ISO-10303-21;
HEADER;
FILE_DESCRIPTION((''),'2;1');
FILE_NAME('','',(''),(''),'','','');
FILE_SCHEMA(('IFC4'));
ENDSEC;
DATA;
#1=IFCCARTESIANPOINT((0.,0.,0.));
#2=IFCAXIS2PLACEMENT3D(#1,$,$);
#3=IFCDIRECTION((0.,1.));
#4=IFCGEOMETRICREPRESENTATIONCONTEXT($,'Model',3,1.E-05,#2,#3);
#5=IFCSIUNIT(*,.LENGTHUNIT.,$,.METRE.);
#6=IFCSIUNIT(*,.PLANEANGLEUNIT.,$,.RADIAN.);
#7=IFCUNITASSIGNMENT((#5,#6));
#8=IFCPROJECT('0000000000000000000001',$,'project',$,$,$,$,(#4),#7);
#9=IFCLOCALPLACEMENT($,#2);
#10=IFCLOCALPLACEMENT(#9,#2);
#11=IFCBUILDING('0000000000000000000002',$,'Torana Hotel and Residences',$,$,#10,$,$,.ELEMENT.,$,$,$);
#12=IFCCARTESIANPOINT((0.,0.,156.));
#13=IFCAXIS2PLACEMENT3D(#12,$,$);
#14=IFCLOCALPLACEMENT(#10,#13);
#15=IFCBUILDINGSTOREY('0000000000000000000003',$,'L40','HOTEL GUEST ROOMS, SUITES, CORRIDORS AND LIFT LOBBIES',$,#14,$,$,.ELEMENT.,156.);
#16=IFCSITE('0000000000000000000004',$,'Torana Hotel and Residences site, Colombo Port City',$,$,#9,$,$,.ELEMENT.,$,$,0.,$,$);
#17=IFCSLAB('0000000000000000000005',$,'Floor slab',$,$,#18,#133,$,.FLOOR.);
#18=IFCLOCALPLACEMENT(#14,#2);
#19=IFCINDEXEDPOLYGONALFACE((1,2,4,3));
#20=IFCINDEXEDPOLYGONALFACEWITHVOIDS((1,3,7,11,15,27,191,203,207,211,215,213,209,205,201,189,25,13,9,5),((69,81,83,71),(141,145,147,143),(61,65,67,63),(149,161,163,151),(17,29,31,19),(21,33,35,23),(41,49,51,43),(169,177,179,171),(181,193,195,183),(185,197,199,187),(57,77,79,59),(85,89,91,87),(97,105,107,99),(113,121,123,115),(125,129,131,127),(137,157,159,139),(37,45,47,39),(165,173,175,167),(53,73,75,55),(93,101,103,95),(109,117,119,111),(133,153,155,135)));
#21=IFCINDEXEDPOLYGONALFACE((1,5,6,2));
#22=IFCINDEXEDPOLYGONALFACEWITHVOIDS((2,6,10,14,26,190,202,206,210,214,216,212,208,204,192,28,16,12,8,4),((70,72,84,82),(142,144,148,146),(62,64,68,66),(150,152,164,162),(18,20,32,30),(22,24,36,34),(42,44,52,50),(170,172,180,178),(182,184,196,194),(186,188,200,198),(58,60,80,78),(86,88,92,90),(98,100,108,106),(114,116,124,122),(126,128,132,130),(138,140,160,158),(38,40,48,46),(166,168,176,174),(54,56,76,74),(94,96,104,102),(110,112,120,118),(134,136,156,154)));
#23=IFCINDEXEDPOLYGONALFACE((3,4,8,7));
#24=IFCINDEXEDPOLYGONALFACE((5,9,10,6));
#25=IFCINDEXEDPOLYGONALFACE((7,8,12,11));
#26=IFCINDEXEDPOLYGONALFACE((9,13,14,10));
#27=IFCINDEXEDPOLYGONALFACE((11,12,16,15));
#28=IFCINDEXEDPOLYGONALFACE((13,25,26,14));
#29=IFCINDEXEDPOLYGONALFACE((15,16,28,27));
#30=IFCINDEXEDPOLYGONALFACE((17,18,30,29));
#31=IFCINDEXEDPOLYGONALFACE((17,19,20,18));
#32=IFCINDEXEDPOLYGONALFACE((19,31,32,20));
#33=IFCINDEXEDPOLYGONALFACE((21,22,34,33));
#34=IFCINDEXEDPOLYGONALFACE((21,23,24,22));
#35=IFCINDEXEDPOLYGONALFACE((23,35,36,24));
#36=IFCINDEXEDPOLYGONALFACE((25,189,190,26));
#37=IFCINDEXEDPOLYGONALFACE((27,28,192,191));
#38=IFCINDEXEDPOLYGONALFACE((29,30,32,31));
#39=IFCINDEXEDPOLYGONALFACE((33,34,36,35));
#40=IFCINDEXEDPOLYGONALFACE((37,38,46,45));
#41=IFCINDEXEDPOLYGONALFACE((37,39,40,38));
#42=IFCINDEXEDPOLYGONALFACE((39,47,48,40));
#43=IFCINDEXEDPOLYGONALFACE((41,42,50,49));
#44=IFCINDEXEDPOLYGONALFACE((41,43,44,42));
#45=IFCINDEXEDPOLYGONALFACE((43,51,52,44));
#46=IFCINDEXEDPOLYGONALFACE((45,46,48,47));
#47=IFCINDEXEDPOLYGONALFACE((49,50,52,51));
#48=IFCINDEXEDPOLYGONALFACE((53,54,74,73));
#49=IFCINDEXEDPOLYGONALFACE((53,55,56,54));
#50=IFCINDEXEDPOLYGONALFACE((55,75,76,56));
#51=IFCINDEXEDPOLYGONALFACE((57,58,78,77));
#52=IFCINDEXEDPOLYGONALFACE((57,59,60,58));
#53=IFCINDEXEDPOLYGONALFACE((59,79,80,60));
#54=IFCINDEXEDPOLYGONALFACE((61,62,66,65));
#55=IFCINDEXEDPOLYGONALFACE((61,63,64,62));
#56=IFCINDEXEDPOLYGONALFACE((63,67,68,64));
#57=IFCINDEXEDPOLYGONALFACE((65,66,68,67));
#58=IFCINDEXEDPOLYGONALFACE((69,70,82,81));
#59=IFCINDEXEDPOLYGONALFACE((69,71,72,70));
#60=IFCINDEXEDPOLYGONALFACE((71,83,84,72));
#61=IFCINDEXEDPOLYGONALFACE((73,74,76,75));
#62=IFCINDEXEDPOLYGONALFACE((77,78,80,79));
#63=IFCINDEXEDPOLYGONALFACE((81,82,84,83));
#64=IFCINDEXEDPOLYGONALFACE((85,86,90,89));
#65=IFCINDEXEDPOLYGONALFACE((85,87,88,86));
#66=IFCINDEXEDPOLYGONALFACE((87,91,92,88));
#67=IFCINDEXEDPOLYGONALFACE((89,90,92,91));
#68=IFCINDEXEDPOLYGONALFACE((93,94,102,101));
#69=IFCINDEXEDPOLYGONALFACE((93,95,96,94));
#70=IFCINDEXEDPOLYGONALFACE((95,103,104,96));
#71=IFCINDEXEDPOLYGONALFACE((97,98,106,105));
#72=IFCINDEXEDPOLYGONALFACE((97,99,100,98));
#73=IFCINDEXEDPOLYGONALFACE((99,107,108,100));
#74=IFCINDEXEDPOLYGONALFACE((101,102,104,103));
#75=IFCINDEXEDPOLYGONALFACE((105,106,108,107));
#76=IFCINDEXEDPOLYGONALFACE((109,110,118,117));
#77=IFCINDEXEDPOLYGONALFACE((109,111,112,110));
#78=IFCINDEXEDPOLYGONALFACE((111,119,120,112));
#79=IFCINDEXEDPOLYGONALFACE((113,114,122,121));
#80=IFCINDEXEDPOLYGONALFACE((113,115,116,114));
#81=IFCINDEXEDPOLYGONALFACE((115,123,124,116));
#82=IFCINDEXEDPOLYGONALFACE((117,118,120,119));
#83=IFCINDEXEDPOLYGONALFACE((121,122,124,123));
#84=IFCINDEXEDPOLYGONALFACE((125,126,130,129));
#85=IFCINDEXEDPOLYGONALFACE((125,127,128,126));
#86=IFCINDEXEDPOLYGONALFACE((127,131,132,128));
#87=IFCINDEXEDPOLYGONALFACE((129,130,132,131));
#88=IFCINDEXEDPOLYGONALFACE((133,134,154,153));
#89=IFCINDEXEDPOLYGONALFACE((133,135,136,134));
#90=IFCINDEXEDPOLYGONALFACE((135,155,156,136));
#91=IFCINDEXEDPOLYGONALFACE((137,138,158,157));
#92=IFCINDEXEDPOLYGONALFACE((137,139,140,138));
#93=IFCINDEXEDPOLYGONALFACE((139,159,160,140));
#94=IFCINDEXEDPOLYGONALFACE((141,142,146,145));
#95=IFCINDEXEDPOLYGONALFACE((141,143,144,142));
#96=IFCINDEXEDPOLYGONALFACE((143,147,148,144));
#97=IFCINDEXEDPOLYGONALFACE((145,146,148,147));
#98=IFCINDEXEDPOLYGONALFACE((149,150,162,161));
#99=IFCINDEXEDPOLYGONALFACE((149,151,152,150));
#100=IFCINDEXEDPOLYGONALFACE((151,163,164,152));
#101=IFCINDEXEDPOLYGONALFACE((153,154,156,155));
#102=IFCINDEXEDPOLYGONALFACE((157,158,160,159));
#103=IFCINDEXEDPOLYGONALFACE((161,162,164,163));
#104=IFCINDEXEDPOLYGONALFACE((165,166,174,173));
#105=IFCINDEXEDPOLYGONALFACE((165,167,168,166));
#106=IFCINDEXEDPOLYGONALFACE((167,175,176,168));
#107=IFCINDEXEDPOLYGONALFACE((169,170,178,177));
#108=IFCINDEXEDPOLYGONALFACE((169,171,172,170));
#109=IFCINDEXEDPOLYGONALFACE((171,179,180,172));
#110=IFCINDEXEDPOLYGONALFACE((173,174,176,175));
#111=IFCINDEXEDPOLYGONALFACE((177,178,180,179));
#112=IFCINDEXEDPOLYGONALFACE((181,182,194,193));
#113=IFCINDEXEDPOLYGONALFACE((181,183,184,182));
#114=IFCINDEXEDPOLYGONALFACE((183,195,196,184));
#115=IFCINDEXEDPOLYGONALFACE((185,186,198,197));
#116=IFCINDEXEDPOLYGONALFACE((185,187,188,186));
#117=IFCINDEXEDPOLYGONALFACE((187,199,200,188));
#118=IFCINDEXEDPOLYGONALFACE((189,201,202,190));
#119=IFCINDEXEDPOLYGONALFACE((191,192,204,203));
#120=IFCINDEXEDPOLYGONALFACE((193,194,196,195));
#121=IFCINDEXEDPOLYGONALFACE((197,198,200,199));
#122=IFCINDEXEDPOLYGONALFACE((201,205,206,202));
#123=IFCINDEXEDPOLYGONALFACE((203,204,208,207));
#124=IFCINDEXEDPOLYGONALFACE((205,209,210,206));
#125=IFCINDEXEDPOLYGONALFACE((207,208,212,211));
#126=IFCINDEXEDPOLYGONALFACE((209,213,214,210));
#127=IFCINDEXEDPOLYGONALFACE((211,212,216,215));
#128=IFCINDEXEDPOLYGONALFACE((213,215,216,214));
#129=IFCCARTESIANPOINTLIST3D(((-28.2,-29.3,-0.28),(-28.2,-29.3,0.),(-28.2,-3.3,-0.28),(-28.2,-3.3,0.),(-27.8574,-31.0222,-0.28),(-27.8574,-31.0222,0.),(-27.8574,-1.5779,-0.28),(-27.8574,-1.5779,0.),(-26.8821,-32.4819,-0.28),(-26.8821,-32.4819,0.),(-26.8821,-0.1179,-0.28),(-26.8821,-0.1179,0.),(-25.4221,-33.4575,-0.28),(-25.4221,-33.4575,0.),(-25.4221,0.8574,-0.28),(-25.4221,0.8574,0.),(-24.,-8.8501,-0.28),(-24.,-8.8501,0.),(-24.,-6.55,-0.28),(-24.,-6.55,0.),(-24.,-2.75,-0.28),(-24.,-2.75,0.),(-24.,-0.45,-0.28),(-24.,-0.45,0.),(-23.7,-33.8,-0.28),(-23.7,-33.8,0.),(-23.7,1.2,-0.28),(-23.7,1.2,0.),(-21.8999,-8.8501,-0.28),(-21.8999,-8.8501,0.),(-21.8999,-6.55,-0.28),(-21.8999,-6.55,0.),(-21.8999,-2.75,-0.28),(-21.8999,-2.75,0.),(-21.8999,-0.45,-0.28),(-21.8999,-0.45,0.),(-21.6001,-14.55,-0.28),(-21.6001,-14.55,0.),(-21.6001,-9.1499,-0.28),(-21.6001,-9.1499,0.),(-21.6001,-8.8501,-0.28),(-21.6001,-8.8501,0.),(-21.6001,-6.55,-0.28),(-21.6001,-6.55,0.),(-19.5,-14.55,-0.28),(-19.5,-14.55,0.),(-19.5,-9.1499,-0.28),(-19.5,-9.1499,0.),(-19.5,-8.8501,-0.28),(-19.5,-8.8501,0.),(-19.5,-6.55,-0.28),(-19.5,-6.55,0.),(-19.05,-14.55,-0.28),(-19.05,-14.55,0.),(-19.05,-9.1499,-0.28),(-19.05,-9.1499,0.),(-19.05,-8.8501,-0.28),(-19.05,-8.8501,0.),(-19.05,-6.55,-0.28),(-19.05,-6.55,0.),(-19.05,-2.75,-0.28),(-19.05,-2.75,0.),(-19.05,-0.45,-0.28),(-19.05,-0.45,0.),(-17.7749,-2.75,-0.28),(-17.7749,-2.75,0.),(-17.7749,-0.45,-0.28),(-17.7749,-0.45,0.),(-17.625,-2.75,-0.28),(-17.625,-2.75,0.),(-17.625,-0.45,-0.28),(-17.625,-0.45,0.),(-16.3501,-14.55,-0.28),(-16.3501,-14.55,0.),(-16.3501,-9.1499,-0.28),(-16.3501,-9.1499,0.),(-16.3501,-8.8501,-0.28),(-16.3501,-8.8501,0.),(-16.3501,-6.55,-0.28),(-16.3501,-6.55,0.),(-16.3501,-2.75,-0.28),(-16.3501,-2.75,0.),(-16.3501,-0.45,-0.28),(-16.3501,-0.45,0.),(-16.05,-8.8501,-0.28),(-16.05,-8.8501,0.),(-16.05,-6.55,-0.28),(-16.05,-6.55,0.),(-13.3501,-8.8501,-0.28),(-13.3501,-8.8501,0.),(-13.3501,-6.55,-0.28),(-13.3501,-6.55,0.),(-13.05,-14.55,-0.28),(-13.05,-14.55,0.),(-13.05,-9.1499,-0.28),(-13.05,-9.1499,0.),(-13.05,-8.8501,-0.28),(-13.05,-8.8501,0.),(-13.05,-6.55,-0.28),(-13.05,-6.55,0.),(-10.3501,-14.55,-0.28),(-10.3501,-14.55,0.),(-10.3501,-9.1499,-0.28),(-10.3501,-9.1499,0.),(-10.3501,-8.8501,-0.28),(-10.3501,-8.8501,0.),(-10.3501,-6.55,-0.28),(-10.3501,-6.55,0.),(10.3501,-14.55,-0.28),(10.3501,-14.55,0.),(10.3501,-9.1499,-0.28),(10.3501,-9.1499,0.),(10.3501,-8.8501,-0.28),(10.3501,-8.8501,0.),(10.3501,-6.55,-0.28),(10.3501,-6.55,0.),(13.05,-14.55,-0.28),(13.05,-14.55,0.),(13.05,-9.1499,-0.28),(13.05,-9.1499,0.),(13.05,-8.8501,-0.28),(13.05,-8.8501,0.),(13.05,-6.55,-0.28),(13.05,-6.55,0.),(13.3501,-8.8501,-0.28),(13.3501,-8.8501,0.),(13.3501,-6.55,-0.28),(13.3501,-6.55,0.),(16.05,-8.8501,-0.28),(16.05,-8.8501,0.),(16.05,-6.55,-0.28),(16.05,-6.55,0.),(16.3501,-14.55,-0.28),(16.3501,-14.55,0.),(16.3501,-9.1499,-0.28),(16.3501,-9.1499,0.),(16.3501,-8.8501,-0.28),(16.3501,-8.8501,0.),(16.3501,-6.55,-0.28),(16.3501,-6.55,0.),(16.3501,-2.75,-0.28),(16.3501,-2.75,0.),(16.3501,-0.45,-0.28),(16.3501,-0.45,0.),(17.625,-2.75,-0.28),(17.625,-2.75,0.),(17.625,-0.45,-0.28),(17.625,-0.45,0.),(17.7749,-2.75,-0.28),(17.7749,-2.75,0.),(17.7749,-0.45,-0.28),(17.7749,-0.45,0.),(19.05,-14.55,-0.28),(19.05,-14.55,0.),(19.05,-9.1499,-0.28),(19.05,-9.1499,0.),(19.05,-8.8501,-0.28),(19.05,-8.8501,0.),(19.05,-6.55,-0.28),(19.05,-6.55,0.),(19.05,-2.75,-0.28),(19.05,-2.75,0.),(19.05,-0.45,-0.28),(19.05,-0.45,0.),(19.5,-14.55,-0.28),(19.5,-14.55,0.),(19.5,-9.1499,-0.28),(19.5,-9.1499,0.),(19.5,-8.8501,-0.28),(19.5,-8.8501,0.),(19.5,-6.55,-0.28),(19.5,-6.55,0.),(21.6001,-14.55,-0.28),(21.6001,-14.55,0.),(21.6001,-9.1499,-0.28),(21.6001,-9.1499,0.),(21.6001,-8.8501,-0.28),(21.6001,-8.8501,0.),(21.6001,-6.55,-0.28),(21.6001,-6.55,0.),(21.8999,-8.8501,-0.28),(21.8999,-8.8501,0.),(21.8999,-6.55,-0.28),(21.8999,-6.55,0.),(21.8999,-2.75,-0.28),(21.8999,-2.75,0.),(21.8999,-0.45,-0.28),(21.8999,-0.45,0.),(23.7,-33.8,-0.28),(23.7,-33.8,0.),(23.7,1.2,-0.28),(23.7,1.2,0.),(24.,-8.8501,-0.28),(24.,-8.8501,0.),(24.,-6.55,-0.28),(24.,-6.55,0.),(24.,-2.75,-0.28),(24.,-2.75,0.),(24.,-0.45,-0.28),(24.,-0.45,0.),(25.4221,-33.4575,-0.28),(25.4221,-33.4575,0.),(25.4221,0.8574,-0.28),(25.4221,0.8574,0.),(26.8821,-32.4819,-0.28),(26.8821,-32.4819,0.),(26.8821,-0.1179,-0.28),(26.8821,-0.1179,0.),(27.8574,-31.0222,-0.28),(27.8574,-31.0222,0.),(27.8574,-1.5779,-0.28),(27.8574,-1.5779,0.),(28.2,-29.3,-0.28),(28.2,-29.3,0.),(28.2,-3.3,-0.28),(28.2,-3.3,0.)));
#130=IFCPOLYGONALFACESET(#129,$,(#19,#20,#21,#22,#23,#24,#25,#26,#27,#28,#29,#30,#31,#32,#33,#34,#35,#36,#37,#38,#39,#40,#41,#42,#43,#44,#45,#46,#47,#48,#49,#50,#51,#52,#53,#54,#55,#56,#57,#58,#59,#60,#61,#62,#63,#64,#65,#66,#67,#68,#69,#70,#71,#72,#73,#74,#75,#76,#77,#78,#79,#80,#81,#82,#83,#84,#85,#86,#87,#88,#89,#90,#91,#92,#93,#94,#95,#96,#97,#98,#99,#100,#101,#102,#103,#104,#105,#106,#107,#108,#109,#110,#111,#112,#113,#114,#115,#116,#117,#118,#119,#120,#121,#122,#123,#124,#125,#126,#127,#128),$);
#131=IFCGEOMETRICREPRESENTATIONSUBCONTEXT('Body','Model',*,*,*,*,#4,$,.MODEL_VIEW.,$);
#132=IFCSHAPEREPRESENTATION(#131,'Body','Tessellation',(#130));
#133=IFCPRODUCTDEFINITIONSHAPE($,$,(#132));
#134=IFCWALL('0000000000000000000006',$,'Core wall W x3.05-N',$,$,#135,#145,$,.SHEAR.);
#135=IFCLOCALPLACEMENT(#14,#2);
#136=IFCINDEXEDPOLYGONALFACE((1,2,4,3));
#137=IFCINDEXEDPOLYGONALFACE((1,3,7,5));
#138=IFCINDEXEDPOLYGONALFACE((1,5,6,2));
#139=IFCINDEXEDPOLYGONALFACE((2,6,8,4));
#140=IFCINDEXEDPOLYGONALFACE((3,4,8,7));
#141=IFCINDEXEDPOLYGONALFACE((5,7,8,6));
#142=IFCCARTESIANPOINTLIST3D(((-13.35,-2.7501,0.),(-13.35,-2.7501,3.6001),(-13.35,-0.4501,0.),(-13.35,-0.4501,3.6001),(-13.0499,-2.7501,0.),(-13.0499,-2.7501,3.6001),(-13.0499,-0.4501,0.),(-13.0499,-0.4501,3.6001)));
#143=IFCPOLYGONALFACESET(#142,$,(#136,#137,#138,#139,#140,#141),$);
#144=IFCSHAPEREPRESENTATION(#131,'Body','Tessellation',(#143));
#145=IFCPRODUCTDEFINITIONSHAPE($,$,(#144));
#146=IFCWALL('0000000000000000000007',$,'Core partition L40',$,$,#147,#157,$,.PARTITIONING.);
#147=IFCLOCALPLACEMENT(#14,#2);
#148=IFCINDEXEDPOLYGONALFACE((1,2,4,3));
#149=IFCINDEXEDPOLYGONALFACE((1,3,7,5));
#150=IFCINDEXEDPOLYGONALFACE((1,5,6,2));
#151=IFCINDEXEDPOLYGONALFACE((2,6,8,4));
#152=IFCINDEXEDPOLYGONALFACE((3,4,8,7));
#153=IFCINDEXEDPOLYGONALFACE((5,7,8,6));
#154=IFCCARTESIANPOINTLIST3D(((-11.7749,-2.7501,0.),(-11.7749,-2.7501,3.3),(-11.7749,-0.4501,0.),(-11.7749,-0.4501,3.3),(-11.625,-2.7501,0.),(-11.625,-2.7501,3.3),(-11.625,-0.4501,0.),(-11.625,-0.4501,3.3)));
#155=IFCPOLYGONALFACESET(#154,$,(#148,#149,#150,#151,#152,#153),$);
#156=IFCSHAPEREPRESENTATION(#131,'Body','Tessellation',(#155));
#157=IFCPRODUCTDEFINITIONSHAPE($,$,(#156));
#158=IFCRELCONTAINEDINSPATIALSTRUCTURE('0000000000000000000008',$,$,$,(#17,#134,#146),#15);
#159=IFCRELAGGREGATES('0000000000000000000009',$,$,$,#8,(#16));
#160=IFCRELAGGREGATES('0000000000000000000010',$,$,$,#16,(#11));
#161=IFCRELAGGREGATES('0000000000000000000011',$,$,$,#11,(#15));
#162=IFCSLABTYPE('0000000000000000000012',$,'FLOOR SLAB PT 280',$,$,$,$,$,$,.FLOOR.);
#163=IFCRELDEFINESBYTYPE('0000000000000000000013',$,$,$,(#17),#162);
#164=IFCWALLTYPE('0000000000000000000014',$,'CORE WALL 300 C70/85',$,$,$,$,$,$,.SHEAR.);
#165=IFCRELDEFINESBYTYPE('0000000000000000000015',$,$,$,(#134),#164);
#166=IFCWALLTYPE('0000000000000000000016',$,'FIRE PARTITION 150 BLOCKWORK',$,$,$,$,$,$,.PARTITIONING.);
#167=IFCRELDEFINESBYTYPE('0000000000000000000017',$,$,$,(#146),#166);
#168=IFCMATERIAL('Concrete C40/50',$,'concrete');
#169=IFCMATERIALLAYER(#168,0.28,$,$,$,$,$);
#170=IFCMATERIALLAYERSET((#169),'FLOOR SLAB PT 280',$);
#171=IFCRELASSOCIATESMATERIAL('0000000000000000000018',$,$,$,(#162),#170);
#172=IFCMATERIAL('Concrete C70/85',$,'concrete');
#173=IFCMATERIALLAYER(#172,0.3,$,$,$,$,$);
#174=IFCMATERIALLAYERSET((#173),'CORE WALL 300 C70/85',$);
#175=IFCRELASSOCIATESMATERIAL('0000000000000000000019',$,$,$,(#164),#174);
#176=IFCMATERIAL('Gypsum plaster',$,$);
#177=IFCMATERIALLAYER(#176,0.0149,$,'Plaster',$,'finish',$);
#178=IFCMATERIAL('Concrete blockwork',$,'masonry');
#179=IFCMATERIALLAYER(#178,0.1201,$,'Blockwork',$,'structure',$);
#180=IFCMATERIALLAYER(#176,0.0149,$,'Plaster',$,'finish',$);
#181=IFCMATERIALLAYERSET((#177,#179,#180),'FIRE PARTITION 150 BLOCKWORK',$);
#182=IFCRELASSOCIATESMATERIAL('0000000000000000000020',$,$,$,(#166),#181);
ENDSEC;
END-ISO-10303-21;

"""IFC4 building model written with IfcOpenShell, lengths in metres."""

from ifc_helpers import new_model, si_unit, direction, frame, frame_2d, origin, place, context, subcontext, project, spatial, polyline, rectangle, outline, extrude, material, layer, layer_set, type_object, element, save


model = new_model("IFC4")

# Units and contexts
model_context = context("Model", 3, precision=1e-05, world=origin(), true_north=direction((0.0, 1.0)))
body_context = subcontext(model_context, "Body", "Model", "MODEL_VIEW")
ifc_project = project(units=[si_unit("LENGTHUNIT", "METRE"), si_unit("PLANEANGLEUNIT", "RADIAN")], contexts=[model_context])

# Site, building, storey
site_placement = place(None, origin())
site = spatial("IfcSite", under=ifc_project, at=site_placement, Name="Torana Hotel and Residences site, Colombo Port City", CompositionType="ELEMENT", RefElevation=0.0)
building_placement = place(site_placement, origin())
building = spatial("IfcBuilding", under=site, at=building_placement, Name="Torana Hotel and Residences", CompositionType="ELEMENT")
storey_placement = place(building_placement, frame((0.0, 0.0, 156.0)))
storey = spatial("IfcBuildingStorey", under=building, at=storey_placement, Name="L40", Description="HOTEL GUEST ROOMS, SUITES, CORRIDORS AND LIFT LOBBIES", CompositionType="ELEMENT", Elevation=156.0)

# Slab
ifc_material_1 = material(Name="Concrete C40/50", Category="concrete")
ifc_layer_1 = layer(ifc_material_1, 0.28)
ifc_layer_set_1 = layer_set([ifc_layer_1], Name="FLOOR SLAB PT 280")
slab_type_1 = type_object("IfcSlabType", Name="FLOOR SLAB PT 280", PredefinedType="FLOOR", material=ifc_layer_set_1)
slab_1_placement = place(storey_placement, frame((0.0, 0.0, -0.28)))
element("IfcSlab", 1, at=slab_1_placement, inside=storey, type_object=slab_type_1, Name="Floor slab", PredefinedType="FLOOR", context=body_context, shape_type="SweptSolid", body=[
    extrude(outline(polyline([(28.2, -3.3), (27.8574, -1.5779), (26.8821, -0.1179), (25.4221, 0.8574), (23.7, 1.2), (-23.7, 1.2), (-25.4221, 0.8574), (-26.8821, -0.1179), (-27.8574, -1.5779), (-28.2, -3.3), (-28.2, -29.3), (-27.8574, -31.0222), (-26.8821, -32.4819), (-25.4221, -33.4575), (-23.7, -33.8), (23.7, -33.8), (25.4221, -33.4575), (26.8821, -32.4819), (27.8574, -31.0222), (28.2, -29.3), (28.2, -3.3)]), holes=[polyline([(-13.05, -14.55), (-10.3501, -14.55), (-10.3501, -9.1499), (-13.05, -9.1499), (-13.05, -14.55)]), polyline([(-19.05, -14.55), (-16.3501, -14.55), (-16.3501, -9.1499), (-19.05, -9.1499), (-19.05, -14.55)]), polyline([(-17.625, -2.75), (-16.3501, -2.75), (-16.3501, -0.45), (-17.625, -0.45), (-17.625, -2.75)]), polyline([(-19.05, -2.75), (-17.7749, -2.75), (-17.7749, -0.45), (-19.05, -0.45), (-19.05, -2.75)]), polyline([(-21.6001, -8.8501), (-19.5, -8.8501), (-19.5, -6.55), (-21.6001, -6.55), (-21.6001, -8.8501)]), polyline([(-24.0, -2.75), (-21.8999, -2.75), (-21.8999, -0.45), (-24.0, -0.45), (-24.0, -2.75)]), polyline([(-24.0, -8.8501), (-21.8999, -8.8501), (-21.8999, -6.55), (-24.0, -6.55), (-24.0, -8.8501)]), polyline([(-13.05, -8.8501), (-10.3501, -8.8501), (-10.3501, -6.55), (-13.05, -6.55), (-13.05, -8.8501)]), polyline([(-16.05, -8.8501), (-13.3501, -8.8501), (-13.3501, -6.55), (-16.05, -6.55), (-16.05, -8.8501)]), polyline([(-19.05, -8.8501), (-16.3501, -8.8501), (-16.3501, -6.55), (-19.05, -6.55), (-19.05, -8.8501)]), polyline([(-21.6001, -14.55), (-19.5, -14.55), (-19.5, -9.1499), (-21.6001, -9.1499), (-21.6001, -14.55)]), polyline([(10.3501, -14.55), (13.05, -14.55), (13.05, -9.1499), (10.3501, -9.1499), (10.3501, -14.55)]), polyline([(16.3501, -14.55), (19.05, -14.55), (19.05, -9.1499), (16.3501, -9.1499), (16.3501, -14.55)]), polyline([(16.3501, -2.75), (17.625, -2.75), (17.625, -0.45), (16.3501, -0.45), (16.3501, -2.75)]), polyline([(17.7749, -2.75), (19.05, -2.75), (19.05, -0.45), (17.7749, -0.45), (17.7749, -2.75)]), polyline([(19.5, -8.8501), (21.6001, -8.8501), (21.6001, -6.55), (19.5, -6.55), (19.5, -8.8501)]), polyline([(21.8999, -2.75), (24.0, -2.75), (24.0, -0.45), (21.8999, -0.45), (21.8999, -2.75)]), polyline([(21.8999, -8.8501), (24.0, -8.8501), (24.0, -6.55), (21.8999, -6.55), (21.8999, -8.8501)]), polyline([(10.3501, -8.8501), (13.05, -8.8501), (13.05, -6.55), (10.3501, -6.55), (10.3501, -8.8501)]), polyline([(13.3501, -8.8501), (16.05, -8.8501), (16.05, -6.55), (13.3501, -6.55), (13.3501, -8.8501)]), polyline([(16.3501, -8.8501), (19.05, -8.8501), (19.05, -6.55), (16.3501, -6.55), (16.3501, -8.8501)]), polyline([(19.5, -14.55), (21.6001, -14.55), (21.6001, -9.1499), (19.5, -9.1499), (19.5, -14.55)])]), origin(), (0.0, 0.0, 1.0), 0.28),
])

# Walls
ifc_material_2 = material(Name="Concrete C70/85", Category="concrete")
ifc_layer_2 = layer(ifc_material_2, 0.3)
ifc_layer_set_2 = layer_set([ifc_layer_2], Name="CORE WALL 300 C70/85")
wall_type_1 = type_object("IfcWallType", Name="CORE WALL 300 C70/85", PredefinedType="SHEAR", material=ifc_layer_set_2)
wall_1_placement = place(storey_placement, frame((-13.2, -2.75, 0.0), z_axis=(0.0, 0.0, 1.0), x_axis=(0.0, 1.0, 0.0)))
element("IfcWall", 2, at=wall_1_placement, inside=storey, type_object=wall_type_1, Name="Core wall W x3.05-N", PredefinedType="SHEAR", context=body_context, shape_type="SweptSolid", body=[
    extrude(rectangle(XDim=2.3, YDim=0.3, at=frame_2d((1.1499, 0.0))), origin(), (0.0, 0.0, 1.0), 3.6001),
])
ifc_material_3 = material(Name="Gypsum plaster")
ifc_layer_3 = layer(ifc_material_3, 0.0149, Name="Plaster", Category="finish")
ifc_material_4 = material(Name="Concrete blockwork", Category="masonry")
ifc_layer_4 = layer(ifc_material_4, 0.1201, Name="Blockwork", Category="structure")
ifc_layer_5 = layer(ifc_material_3, 0.0149, Name="Plaster", Category="finish")
ifc_layer_set_3 = layer_set([ifc_layer_3, ifc_layer_4, ifc_layer_5], Name="FIRE PARTITION 150 BLOCKWORK")
wall_type_2 = type_object("IfcWallType", Name="FIRE PARTITION 150 BLOCKWORK", PredefinedType="PARTITIONING", material=ifc_layer_set_3)
wall_2_placement = place(storey_placement, frame((-11.7, -2.75, 0.0), z_axis=(0.0, 0.0, 1.0), x_axis=(0.0, 1.0, 0.0)))
element("IfcWall", 3, at=wall_2_placement, inside=storey, type_object=wall_type_2, Name="Core partition L40", PredefinedType="PARTITIONING", context=body_context, shape_type="SweptSolid", body=[
    extrude(rectangle(XDim=2.3, YDim=0.1499, at=frame_2d((1.1499, 0.0))), origin(), (0.0, 0.0, 1.0), 3.3),
])

save(model, "model.ifc")
